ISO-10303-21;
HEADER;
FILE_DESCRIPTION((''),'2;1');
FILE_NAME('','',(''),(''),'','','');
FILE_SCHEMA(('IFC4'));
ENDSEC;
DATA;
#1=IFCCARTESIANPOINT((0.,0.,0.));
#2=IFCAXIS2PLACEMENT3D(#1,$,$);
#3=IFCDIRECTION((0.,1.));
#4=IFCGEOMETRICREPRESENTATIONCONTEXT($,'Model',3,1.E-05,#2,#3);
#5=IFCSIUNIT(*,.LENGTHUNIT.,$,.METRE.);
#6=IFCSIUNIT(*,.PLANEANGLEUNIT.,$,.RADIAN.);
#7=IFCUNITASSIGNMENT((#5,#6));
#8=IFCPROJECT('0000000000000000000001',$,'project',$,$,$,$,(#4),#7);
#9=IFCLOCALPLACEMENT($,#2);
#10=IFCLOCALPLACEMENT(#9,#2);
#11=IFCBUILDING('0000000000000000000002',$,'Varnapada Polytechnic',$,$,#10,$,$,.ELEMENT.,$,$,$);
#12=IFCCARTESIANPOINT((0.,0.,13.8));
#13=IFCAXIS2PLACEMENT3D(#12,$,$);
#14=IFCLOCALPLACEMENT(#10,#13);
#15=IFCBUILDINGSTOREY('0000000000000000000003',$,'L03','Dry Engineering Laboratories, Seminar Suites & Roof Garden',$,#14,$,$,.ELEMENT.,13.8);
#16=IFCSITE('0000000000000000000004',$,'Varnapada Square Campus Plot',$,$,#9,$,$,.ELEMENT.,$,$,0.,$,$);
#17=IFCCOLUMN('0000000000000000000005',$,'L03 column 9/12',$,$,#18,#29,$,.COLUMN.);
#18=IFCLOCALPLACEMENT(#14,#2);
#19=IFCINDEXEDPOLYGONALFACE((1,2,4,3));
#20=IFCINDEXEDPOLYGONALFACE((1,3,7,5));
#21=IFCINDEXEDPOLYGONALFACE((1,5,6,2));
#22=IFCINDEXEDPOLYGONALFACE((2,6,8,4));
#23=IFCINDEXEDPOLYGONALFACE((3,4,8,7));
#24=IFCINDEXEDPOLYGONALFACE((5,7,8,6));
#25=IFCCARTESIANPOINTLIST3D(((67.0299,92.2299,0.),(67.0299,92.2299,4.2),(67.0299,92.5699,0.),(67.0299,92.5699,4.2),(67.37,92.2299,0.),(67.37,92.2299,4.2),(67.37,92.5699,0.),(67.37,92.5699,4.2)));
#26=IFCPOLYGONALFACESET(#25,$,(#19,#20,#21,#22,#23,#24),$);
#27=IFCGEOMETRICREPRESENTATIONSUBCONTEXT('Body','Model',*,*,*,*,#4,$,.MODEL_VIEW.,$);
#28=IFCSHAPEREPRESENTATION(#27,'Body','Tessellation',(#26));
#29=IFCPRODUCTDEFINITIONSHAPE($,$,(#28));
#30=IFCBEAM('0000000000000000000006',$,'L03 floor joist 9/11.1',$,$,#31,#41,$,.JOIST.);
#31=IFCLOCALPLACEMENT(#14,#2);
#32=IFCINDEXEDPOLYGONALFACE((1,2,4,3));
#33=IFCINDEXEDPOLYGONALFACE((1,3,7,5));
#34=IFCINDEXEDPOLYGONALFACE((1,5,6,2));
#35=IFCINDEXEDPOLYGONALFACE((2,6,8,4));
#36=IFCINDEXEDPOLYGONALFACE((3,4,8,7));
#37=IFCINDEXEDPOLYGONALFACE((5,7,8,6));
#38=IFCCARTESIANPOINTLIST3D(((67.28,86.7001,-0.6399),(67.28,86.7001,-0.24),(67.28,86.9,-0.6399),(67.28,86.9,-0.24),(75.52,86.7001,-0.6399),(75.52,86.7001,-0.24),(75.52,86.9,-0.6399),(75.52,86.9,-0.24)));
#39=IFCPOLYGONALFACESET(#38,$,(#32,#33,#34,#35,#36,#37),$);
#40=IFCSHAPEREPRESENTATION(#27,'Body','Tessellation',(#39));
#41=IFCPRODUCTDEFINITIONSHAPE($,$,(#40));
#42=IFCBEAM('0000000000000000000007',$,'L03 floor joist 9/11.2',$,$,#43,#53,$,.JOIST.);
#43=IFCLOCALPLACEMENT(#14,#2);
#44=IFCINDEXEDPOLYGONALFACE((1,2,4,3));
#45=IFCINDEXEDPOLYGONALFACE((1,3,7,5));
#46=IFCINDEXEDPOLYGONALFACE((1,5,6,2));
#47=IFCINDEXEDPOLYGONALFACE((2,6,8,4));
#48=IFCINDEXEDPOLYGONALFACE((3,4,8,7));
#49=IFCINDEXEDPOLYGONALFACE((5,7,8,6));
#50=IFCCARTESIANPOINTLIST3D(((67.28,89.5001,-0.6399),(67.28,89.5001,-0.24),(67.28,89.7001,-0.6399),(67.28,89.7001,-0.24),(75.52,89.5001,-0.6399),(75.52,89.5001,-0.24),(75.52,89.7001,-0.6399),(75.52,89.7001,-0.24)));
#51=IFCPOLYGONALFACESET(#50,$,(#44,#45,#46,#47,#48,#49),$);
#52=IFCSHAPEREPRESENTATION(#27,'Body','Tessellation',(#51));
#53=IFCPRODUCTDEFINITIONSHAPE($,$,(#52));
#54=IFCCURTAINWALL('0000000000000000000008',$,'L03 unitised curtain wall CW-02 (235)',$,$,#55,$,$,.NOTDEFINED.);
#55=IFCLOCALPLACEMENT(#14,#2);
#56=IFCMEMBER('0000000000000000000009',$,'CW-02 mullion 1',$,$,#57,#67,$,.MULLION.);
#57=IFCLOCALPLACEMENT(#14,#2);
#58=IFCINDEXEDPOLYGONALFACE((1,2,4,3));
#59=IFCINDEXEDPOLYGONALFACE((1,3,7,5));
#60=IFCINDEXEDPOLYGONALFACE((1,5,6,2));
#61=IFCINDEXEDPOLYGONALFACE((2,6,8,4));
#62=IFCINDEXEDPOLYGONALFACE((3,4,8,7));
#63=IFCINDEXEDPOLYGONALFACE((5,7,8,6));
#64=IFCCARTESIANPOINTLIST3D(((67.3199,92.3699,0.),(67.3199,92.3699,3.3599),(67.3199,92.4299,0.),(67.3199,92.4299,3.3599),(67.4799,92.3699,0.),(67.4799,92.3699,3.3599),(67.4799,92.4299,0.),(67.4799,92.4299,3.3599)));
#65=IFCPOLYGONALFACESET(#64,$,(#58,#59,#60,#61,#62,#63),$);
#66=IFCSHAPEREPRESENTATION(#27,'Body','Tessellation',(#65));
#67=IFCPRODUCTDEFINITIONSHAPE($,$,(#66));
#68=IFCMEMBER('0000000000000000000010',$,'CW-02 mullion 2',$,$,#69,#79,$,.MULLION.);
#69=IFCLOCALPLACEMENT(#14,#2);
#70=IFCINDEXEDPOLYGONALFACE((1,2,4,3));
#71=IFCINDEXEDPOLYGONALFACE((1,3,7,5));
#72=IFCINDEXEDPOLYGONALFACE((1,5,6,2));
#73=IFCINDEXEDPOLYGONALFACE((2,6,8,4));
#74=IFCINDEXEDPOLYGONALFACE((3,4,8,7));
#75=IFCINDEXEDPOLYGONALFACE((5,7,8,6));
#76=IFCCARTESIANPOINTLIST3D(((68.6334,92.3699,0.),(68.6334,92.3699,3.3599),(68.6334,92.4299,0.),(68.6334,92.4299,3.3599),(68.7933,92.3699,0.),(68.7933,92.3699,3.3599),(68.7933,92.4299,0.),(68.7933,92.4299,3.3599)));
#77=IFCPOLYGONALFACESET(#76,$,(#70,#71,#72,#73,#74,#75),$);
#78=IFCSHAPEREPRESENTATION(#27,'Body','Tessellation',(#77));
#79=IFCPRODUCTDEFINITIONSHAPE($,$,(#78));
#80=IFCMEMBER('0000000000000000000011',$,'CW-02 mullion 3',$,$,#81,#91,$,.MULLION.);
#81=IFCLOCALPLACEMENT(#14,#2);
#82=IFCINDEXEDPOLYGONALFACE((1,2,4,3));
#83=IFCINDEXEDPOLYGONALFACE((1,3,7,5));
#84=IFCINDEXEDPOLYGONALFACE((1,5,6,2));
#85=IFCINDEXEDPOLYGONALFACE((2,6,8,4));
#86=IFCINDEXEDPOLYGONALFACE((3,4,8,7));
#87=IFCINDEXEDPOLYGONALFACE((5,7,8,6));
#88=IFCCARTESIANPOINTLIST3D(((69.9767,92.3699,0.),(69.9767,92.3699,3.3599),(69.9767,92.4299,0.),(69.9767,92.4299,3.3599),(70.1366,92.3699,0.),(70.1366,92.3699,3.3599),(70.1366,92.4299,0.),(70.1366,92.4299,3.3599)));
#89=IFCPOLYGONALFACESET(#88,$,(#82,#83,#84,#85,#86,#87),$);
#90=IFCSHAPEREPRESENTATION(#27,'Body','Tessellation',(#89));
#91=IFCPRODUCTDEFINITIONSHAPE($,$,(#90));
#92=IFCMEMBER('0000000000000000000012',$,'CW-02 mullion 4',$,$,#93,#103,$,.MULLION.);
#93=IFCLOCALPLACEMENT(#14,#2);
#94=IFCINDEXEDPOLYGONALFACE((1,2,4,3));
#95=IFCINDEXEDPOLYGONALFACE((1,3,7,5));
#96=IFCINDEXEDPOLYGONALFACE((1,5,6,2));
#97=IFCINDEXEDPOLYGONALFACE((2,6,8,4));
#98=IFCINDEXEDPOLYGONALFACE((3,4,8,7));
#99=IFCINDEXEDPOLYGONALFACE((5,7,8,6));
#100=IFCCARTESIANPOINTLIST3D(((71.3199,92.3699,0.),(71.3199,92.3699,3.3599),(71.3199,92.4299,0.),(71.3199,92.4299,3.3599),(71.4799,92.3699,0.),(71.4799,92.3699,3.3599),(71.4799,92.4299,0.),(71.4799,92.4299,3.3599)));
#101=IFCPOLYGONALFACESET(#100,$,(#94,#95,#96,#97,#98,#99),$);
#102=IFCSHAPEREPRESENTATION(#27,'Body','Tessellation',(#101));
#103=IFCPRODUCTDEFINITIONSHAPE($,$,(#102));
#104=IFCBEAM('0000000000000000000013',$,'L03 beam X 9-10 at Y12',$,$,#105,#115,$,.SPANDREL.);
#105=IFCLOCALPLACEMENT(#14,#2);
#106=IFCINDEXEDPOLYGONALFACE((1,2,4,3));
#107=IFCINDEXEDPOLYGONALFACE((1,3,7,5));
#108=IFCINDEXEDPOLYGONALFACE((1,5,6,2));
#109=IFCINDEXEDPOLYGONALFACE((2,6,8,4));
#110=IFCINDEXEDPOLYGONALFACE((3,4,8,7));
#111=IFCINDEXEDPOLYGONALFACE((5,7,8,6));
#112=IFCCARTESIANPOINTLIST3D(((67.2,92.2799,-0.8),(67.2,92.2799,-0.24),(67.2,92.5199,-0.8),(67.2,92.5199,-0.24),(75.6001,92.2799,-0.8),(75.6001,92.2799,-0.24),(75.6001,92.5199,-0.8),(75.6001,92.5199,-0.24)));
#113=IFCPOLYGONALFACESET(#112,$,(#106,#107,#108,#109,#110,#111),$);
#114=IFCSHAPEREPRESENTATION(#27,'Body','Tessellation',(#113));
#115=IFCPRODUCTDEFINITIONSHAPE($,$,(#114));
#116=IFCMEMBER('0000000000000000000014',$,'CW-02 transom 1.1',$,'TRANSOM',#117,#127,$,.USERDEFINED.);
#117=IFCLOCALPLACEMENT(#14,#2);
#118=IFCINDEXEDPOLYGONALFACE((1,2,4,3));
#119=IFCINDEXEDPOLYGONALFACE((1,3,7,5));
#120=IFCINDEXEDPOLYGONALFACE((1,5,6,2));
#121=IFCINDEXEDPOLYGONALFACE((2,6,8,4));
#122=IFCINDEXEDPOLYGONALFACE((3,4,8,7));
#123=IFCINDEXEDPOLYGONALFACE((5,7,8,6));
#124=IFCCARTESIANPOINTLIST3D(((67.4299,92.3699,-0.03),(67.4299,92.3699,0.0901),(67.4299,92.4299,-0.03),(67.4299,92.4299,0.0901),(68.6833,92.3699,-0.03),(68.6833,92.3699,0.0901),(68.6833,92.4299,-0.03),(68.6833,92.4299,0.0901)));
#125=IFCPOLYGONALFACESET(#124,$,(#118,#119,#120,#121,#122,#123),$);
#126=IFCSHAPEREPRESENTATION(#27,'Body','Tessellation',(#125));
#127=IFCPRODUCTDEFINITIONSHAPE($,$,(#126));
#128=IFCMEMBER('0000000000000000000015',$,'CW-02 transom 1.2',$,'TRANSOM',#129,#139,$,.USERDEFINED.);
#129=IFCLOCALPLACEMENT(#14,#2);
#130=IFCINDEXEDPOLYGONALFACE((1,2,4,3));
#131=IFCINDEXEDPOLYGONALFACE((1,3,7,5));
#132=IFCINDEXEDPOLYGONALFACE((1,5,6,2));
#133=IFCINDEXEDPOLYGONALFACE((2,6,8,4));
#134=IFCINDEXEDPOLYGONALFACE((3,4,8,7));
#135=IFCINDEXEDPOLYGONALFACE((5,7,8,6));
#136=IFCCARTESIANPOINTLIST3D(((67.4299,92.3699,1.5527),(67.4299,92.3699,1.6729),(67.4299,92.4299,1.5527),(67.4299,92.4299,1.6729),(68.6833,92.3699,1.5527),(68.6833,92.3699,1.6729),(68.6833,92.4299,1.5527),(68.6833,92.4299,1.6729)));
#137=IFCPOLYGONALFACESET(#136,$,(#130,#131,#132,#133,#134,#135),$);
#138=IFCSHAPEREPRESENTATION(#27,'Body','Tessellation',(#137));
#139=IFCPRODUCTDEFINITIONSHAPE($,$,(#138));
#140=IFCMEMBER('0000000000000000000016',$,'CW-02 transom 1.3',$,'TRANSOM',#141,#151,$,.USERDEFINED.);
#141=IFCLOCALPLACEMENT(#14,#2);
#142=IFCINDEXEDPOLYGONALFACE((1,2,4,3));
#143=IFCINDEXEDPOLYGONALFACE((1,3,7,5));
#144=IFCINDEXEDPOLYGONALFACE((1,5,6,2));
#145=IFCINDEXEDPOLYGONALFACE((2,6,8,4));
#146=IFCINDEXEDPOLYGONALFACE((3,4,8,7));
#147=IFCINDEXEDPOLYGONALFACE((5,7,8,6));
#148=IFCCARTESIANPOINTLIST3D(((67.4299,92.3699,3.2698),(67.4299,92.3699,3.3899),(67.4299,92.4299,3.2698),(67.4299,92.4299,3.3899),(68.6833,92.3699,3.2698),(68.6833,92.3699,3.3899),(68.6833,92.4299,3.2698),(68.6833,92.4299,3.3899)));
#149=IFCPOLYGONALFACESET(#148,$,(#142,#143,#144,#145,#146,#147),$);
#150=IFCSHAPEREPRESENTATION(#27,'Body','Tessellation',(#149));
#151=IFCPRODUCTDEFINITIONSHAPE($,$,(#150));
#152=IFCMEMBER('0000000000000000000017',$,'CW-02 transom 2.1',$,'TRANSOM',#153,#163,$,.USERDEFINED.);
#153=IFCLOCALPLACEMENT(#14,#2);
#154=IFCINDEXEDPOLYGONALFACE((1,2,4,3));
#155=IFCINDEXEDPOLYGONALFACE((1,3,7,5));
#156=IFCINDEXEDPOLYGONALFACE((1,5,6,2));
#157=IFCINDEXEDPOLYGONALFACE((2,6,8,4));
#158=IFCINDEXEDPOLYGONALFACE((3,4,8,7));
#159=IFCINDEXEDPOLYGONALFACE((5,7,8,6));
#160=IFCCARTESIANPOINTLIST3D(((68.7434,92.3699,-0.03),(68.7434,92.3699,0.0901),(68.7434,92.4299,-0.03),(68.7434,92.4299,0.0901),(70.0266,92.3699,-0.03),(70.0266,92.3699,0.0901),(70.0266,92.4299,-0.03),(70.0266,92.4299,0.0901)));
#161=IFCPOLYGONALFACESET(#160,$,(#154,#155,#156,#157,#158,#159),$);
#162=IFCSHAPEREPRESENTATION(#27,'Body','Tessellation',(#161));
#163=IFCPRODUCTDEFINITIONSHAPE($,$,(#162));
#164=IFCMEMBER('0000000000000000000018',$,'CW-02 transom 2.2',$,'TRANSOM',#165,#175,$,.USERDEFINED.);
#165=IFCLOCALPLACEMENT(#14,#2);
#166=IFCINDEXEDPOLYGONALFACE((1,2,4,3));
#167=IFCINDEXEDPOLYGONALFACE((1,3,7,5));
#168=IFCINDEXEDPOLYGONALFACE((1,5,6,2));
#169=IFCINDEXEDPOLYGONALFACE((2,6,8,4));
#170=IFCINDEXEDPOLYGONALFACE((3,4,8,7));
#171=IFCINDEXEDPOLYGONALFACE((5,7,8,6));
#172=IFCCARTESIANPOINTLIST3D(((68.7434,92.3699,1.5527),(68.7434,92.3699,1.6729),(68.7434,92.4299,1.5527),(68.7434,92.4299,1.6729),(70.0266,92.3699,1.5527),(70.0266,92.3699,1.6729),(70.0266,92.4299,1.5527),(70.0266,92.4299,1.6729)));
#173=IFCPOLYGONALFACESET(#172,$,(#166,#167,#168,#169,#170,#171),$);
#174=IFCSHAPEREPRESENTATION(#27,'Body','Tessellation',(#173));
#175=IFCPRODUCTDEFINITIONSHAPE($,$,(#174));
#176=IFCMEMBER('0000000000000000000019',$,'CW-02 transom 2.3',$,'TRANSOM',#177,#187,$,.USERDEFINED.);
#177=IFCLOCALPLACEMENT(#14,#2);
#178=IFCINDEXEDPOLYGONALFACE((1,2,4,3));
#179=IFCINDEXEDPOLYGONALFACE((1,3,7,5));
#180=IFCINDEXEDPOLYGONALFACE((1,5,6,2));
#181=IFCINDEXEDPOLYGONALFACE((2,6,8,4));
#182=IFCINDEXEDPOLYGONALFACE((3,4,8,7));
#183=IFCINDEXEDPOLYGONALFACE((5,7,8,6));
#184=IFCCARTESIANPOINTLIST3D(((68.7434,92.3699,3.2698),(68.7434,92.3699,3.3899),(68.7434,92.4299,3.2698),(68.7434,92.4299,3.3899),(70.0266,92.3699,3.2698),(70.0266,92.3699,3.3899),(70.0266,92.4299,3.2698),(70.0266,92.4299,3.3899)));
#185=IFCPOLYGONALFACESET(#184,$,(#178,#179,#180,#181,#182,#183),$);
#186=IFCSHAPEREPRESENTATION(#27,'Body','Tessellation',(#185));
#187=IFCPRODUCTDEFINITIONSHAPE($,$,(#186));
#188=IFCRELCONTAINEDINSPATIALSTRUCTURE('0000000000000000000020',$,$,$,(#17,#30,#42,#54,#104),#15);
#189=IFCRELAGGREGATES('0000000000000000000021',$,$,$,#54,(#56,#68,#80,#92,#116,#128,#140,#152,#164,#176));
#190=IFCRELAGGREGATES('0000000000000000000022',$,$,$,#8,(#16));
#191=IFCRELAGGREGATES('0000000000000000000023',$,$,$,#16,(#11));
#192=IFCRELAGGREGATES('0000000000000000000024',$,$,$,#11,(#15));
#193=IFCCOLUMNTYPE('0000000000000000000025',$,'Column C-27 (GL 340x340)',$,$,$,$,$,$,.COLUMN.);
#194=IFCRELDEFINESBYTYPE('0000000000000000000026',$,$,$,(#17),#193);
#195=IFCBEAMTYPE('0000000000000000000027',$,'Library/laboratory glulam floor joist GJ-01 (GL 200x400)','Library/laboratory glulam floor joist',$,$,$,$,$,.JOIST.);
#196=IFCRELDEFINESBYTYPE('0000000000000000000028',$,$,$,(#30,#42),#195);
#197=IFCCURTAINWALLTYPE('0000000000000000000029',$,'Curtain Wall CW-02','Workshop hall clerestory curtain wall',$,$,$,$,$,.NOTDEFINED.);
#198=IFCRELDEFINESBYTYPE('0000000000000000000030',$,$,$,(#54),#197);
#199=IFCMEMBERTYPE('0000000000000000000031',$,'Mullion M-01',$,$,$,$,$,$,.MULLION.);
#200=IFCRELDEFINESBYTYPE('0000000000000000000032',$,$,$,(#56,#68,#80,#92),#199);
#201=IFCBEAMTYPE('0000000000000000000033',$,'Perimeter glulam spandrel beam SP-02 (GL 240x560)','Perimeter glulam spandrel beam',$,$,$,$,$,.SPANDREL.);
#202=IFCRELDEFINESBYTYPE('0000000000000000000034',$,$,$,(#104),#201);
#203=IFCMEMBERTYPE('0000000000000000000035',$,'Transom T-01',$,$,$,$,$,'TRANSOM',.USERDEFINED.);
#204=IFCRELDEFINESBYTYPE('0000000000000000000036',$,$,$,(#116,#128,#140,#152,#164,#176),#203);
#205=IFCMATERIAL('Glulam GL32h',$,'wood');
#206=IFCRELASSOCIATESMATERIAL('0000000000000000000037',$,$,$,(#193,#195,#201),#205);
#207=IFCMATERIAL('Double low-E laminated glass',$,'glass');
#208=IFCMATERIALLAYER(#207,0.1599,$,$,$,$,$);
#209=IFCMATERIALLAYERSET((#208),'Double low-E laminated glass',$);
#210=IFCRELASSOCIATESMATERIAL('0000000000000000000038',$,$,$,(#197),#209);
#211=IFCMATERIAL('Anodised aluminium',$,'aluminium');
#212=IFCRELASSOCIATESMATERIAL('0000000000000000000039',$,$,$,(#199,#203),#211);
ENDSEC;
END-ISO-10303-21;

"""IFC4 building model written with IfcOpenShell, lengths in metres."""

from ifc_helpers import new_model, si_unit, direction, frame, origin, origin_2d, place, context, subcontext, project, spatial, rectangle, extrude, material, layer, layer_set, material_profile, profile_set, type_object, element, aggregate, save


model = new_model("IFC4")

# Units and contexts
model_context = context("Model", 3, precision=1e-05, world=origin(), true_north=direction((0.0, 1.0)))
body_context = subcontext(model_context, "Body", "Model", "MODEL_VIEW")
ifc_project = project(units=[si_unit("LENGTHUNIT", "METRE"), si_unit("PLANEANGLEUNIT", "RADIAN")], contexts=[model_context])

# Site, building, storey
site_placement = place(None, origin())
site = spatial("IfcSite", under=ifc_project, at=site_placement, Name="Varnapada Square Campus Plot", CompositionType="ELEMENT", RefElevation=0.0)
building_placement = place(site_placement, origin())
building = spatial("IfcBuilding", under=site, at=building_placement, Name="Varnapada Polytechnic", CompositionType="ELEMENT")
storey_placement = place(building_placement, frame((0.0, 0.0, 13.8)))
storey = spatial("IfcBuildingStorey", under=building, at=storey_placement, Name="L03", Description="Dry Engineering Laboratories, Seminar Suites & Roof Garden", CompositionType="ELEMENT", Elevation=13.8)

# Column
ifc_material_1 = material(Name="Glulam GL32h", Category="wood")
ifc_material_profile_1 = material_profile(ifc_material_1, rectangle(XDim=0.3401, YDim=0.3401, at=origin_2d()), Name="GL 340x340")
ifc_profile_set_1 = profile_set([ifc_material_profile_1], Name="Glulam GL32h")
column_type = type_object("IfcColumnType", Name="Column C-27 (GL 340x340)", PredefinedType="COLUMN", material=ifc_profile_set_1)
column_placement = place(storey_placement, frame((67.2, 92.3999, 0.0), z_axis=(0.0, 0.0, 1.0), x_axis=(1.0, 0.0, 0.0)))
element("IfcColumn", 1, at=column_placement, inside=storey, type_object=column_type, Name="L03 column 9/12", PredefinedType="COLUMN", context=body_context, shape_type="SweptSolid", body=[
    extrude(rectangle(XDim=0.3401, YDim=0.3401, at=origin_2d()), origin(), (0.0, 0.0, 1.0), 4.2),
])

# Beams
ifc_material_profile_2 = material_profile(ifc_material_1, rectangle(XDim=0.2, YDim=0.3999, at=origin_2d()), Name="GL 200x400")
ifc_profile_set_2 = profile_set([ifc_material_profile_2], Name="Glulam GL32h")
beam_type_1 = type_object("IfcBeamType", Name="Library/laboratory glulam floor joist GJ-01 (GL 200x400)", Description="Library/laboratory glulam floor joist", PredefinedType="JOIST", material=ifc_profile_set_2)
for number, where, z_axis, x_axis, name in (
    (2, (67.28, 86.8, -0.4399), (1.0, 0.0, 0.0), (0.0, 1.0, 0.0), "L03 floor joist 9/11.1"),
    (3, (67.28, 89.6001, -0.4399), (1.0, 0.0, 0.0), (0.0, 1.0, 0.0), "L03 floor joist 9/11.2"),
):
    element("IfcBeam", number, at=place(storey_placement, frame(where, z_axis=z_axis, x_axis=x_axis)), inside=storey, type_object=beam_type_1, Name=name, PredefinedType="JOIST", context=body_context, shape_type="SweptSolid", body=[
        extrude(rectangle(XDim=0.2, YDim=0.3999, at=origin_2d()), origin(), (0.0, 0.0, 1.0), 8.24),
    ])

# Curtain wall, members
ifc_material_2 = material(Name="Double low-E laminated glass", Category="glass")
ifc_layer_1 = layer(ifc_material_2, 0.1599)
ifc_layer_set_1 = layer_set([ifc_layer_1], Name="Double low-E laminated glass")
curtain_wall_type = type_object("IfcCurtainWallType", Name="Curtain Wall CW-02", Description="Workshop hall clerestory curtain wall", PredefinedType="NOTDEFINED", material=ifc_layer_set_1)
curtain_wall_placement = place(storey_placement, origin())
curtain_wall = element("IfcCurtainWall", 4, at=curtain_wall_placement, inside=storey, type_object=curtain_wall_type, Name="L03 unitised curtain wall CW-02 (235)", PredefinedType="NOTDEFINED")
ifc_material_3 = material(Name="Anodised aluminium", Category="aluminium")
ifc_material_profile_3 = material_profile(ifc_material_3, rectangle(XDim=0.0601, YDim=0.1599, at=origin_2d()), Name="ALU M60x160")
ifc_profile_set_3 = profile_set([ifc_material_profile_3], Name="Anodised aluminium")
member_type_1 = type_object("IfcMemberType", Name="Mullion M-01", PredefinedType="MULLION", material=ifc_profile_set_3)
member_1_placement = place(storey_placement, frame((67.3999, 92.3999, 0.0), z_axis=(0.0, 0.0, 1.0), x_axis=(0.0, 1.0, 0.0)))
member_1 = element("IfcMember", 5, at=member_1_placement, type_object=member_type_1, Name="CW-02 mullion 1", PredefinedType="MULLION", context=body_context, shape_type="SweptSolid", body=[
    extrude(rectangle(XDim=0.0601, YDim=0.1599, at=origin_2d()), origin(), (0.0, 0.0, 1.0), 3.3599),
])
member_2_placement = place(storey_placement, frame((68.7134, 92.3999, 0.0), z_axis=(0.0, 0.0, 1.0), x_axis=(0.0, 1.0, 0.0)))
member_2 = element("IfcMember", 6, at=member_2_placement, type_object=member_type_1, Name="CW-02 mullion 2", PredefinedType="MULLION", context=body_context, shape_type="SweptSolid", body=[
    extrude(rectangle(XDim=0.0601, YDim=0.1599, at=origin_2d()), origin(), (0.0, 0.0, 1.0), 3.3599),
])
member_3_placement = place(storey_placement, frame((70.0566, 92.3999, 0.0), z_axis=(0.0, 0.0, 1.0), x_axis=(0.0, 1.0, 0.0)))
member_3 = element("IfcMember", 7, at=member_3_placement, type_object=member_type_1, Name="CW-02 mullion 3", PredefinedType="MULLION", context=body_context, shape_type="SweptSolid", body=[
    extrude(rectangle(XDim=0.0601, YDim=0.1599, at=origin_2d()), origin(), (0.0, 0.0, 1.0), 3.3599),
])
member_4_placement = place(storey_placement, frame((71.3999, 92.3999, 0.0), z_axis=(0.0, 0.0, 1.0), x_axis=(0.0, 1.0, 0.0)))
member_4 = element("IfcMember", 8, at=member_4_placement, type_object=member_type_1, Name="CW-02 mullion 4", PredefinedType="MULLION", context=body_context, shape_type="SweptSolid", body=[
    extrude(rectangle(XDim=0.0601, YDim=0.1599, at=origin_2d()), origin(), (0.0, 0.0, 1.0), 3.3599),
])

# Beam
ifc_material_profile_4 = material_profile(ifc_material_1, rectangle(XDim=0.24, YDim=0.5601, at=origin_2d()), Name="GL 240x560")
ifc_profile_set_4 = profile_set([ifc_material_profile_4], Name="Glulam GL32h")
beam_type_2 = type_object("IfcBeamType", Name="Perimeter glulam spandrel beam SP-02 (GL 240x560)", Description="Perimeter glulam spandrel beam", PredefinedType="SPANDREL", material=ifc_profile_set_4)
beam_placement = place(storey_placement, frame((67.2, 92.3999, -0.52), z_axis=(1.0, 0.0, 0.0), x_axis=(0.0, 1.0, 0.0)))
element("IfcBeam", 9, at=beam_placement, inside=storey, type_object=beam_type_2, Name="L03 beam X 9-10 at Y12", PredefinedType="SPANDREL", context=body_context, shape_type="SweptSolid", body=[
    extrude(rectangle(XDim=0.24, YDim=0.5601, at=origin_2d()), origin(), (0.0, 0.0, 1.0), 8.4001),
])

# Members
ifc_material_profile_5 = material_profile(ifc_material_3, rectangle(XDim=0.0601, YDim=0.1201, at=origin_2d()), Name="ALU T60x120")
ifc_profile_set_5 = profile_set([ifc_material_profile_5], Name="Anodised aluminium")
member_type_2 = type_object("IfcMemberType", Name="Transom T-01", ElementType="TRANSOM", PredefinedType="USERDEFINED", material=ifc_profile_set_5)
member_5_placement = place(storey_placement, frame((67.4299, 92.3999, 0.03), z_axis=(1.0, 0.0, 0.0), x_axis=(0.0, 1.0, 0.0)))
member_5 = element("IfcMember", 10, at=member_5_placement, type_object=member_type_2, Name="CW-02 transom 1.1", ObjectType="TRANSOM", PredefinedType="USERDEFINED", context=body_context, shape_type="SweptSolid", body=[
    extrude(rectangle(XDim=0.0601, YDim=0.1201, at=origin_2d()), origin(), (0.0, 0.0, 1.0), 1.2534),
])
member_6_placement = place(storey_placement, frame((67.4299, 92.3999, 1.6128), z_axis=(1.0, 0.0, 0.0), x_axis=(0.0, 1.0, 0.0)))
member_6 = element("IfcMember", 11, at=member_6_placement, type_object=member_type_2, Name="CW-02 transom 1.2", ObjectType="TRANSOM", PredefinedType="USERDEFINED", context=body_context, shape_type="SweptSolid", body=[
    extrude(rectangle(XDim=0.0601, YDim=0.1201, at=origin_2d()), origin(), (0.0, 0.0, 1.0), 1.2534),
])
member_7_placement = place(storey_placement, frame((67.4299, 92.3999, 3.3298), z_axis=(1.0, 0.0, 0.0), x_axis=(0.0, 1.0, 0.0)))
member_7 = element("IfcMember", 12, at=member_7_placement, type_object=member_type_2, Name="CW-02 transom 1.3", ObjectType="TRANSOM", PredefinedType="USERDEFINED", context=body_context, shape_type="SweptSolid", body=[
    extrude(rectangle(XDim=0.0601, YDim=0.1201, at=origin_2d()), origin(), (0.0, 0.0, 1.0), 1.2534),
])
member_8_placement = place(storey_placement, frame((68.7434, 92.3999, 0.03), z_axis=(1.0, 0.0, 0.0), x_axis=(0.0, 1.0, 0.0)))
member_8 = element("IfcMember", 13, at=member_8_placement, type_object=member_type_2, Name="CW-02 transom 2.1", ObjectType="TRANSOM", PredefinedType="USERDEFINED", context=body_context, shape_type="SweptSolid", body=[
    extrude(rectangle(XDim=0.0601, YDim=0.1201, at=origin_2d()), origin(), (0.0, 0.0, 1.0), 1.2832),
])
member_9_placement = place(storey_placement, frame((68.7434, 92.3999, 1.6128), z_axis=(1.0, 0.0, 0.0), x_axis=(0.0, 1.0, 0.0)))
member_9 = element("IfcMember", 14, at=member_9_placement, type_object=member_type_2, Name="CW-02 transom 2.2", ObjectType="TRANSOM", PredefinedType="USERDEFINED", context=body_context, shape_type="SweptSolid", body=[
    extrude(rectangle(XDim=0.0601, YDim=0.1201, at=origin_2d()), origin(), (0.0, 0.0, 1.0), 1.2832),
])
member_10_placement = place(storey_placement, frame((68.7434, 92.3999, 3.3298), z_axis=(1.0, 0.0, 0.0), x_axis=(0.0, 1.0, 0.0)))
member_10 = element("IfcMember", 15, at=member_10_placement, type_object=member_type_2, Name="CW-02 transom 2.3", ObjectType="TRANSOM", PredefinedType="USERDEFINED", context=body_context, shape_type="SweptSolid", body=[
    extrude(rectangle(XDim=0.0601, YDim=0.1201, at=origin_2d()), origin(), (0.0, 0.0, 1.0), 1.2832),
])

aggregate(curtain_wall, [member_1, member_2, member_3, member_4, member_5, member_6, member_7, member_8, member_9, member_10])

save(model, "model.ifc")
